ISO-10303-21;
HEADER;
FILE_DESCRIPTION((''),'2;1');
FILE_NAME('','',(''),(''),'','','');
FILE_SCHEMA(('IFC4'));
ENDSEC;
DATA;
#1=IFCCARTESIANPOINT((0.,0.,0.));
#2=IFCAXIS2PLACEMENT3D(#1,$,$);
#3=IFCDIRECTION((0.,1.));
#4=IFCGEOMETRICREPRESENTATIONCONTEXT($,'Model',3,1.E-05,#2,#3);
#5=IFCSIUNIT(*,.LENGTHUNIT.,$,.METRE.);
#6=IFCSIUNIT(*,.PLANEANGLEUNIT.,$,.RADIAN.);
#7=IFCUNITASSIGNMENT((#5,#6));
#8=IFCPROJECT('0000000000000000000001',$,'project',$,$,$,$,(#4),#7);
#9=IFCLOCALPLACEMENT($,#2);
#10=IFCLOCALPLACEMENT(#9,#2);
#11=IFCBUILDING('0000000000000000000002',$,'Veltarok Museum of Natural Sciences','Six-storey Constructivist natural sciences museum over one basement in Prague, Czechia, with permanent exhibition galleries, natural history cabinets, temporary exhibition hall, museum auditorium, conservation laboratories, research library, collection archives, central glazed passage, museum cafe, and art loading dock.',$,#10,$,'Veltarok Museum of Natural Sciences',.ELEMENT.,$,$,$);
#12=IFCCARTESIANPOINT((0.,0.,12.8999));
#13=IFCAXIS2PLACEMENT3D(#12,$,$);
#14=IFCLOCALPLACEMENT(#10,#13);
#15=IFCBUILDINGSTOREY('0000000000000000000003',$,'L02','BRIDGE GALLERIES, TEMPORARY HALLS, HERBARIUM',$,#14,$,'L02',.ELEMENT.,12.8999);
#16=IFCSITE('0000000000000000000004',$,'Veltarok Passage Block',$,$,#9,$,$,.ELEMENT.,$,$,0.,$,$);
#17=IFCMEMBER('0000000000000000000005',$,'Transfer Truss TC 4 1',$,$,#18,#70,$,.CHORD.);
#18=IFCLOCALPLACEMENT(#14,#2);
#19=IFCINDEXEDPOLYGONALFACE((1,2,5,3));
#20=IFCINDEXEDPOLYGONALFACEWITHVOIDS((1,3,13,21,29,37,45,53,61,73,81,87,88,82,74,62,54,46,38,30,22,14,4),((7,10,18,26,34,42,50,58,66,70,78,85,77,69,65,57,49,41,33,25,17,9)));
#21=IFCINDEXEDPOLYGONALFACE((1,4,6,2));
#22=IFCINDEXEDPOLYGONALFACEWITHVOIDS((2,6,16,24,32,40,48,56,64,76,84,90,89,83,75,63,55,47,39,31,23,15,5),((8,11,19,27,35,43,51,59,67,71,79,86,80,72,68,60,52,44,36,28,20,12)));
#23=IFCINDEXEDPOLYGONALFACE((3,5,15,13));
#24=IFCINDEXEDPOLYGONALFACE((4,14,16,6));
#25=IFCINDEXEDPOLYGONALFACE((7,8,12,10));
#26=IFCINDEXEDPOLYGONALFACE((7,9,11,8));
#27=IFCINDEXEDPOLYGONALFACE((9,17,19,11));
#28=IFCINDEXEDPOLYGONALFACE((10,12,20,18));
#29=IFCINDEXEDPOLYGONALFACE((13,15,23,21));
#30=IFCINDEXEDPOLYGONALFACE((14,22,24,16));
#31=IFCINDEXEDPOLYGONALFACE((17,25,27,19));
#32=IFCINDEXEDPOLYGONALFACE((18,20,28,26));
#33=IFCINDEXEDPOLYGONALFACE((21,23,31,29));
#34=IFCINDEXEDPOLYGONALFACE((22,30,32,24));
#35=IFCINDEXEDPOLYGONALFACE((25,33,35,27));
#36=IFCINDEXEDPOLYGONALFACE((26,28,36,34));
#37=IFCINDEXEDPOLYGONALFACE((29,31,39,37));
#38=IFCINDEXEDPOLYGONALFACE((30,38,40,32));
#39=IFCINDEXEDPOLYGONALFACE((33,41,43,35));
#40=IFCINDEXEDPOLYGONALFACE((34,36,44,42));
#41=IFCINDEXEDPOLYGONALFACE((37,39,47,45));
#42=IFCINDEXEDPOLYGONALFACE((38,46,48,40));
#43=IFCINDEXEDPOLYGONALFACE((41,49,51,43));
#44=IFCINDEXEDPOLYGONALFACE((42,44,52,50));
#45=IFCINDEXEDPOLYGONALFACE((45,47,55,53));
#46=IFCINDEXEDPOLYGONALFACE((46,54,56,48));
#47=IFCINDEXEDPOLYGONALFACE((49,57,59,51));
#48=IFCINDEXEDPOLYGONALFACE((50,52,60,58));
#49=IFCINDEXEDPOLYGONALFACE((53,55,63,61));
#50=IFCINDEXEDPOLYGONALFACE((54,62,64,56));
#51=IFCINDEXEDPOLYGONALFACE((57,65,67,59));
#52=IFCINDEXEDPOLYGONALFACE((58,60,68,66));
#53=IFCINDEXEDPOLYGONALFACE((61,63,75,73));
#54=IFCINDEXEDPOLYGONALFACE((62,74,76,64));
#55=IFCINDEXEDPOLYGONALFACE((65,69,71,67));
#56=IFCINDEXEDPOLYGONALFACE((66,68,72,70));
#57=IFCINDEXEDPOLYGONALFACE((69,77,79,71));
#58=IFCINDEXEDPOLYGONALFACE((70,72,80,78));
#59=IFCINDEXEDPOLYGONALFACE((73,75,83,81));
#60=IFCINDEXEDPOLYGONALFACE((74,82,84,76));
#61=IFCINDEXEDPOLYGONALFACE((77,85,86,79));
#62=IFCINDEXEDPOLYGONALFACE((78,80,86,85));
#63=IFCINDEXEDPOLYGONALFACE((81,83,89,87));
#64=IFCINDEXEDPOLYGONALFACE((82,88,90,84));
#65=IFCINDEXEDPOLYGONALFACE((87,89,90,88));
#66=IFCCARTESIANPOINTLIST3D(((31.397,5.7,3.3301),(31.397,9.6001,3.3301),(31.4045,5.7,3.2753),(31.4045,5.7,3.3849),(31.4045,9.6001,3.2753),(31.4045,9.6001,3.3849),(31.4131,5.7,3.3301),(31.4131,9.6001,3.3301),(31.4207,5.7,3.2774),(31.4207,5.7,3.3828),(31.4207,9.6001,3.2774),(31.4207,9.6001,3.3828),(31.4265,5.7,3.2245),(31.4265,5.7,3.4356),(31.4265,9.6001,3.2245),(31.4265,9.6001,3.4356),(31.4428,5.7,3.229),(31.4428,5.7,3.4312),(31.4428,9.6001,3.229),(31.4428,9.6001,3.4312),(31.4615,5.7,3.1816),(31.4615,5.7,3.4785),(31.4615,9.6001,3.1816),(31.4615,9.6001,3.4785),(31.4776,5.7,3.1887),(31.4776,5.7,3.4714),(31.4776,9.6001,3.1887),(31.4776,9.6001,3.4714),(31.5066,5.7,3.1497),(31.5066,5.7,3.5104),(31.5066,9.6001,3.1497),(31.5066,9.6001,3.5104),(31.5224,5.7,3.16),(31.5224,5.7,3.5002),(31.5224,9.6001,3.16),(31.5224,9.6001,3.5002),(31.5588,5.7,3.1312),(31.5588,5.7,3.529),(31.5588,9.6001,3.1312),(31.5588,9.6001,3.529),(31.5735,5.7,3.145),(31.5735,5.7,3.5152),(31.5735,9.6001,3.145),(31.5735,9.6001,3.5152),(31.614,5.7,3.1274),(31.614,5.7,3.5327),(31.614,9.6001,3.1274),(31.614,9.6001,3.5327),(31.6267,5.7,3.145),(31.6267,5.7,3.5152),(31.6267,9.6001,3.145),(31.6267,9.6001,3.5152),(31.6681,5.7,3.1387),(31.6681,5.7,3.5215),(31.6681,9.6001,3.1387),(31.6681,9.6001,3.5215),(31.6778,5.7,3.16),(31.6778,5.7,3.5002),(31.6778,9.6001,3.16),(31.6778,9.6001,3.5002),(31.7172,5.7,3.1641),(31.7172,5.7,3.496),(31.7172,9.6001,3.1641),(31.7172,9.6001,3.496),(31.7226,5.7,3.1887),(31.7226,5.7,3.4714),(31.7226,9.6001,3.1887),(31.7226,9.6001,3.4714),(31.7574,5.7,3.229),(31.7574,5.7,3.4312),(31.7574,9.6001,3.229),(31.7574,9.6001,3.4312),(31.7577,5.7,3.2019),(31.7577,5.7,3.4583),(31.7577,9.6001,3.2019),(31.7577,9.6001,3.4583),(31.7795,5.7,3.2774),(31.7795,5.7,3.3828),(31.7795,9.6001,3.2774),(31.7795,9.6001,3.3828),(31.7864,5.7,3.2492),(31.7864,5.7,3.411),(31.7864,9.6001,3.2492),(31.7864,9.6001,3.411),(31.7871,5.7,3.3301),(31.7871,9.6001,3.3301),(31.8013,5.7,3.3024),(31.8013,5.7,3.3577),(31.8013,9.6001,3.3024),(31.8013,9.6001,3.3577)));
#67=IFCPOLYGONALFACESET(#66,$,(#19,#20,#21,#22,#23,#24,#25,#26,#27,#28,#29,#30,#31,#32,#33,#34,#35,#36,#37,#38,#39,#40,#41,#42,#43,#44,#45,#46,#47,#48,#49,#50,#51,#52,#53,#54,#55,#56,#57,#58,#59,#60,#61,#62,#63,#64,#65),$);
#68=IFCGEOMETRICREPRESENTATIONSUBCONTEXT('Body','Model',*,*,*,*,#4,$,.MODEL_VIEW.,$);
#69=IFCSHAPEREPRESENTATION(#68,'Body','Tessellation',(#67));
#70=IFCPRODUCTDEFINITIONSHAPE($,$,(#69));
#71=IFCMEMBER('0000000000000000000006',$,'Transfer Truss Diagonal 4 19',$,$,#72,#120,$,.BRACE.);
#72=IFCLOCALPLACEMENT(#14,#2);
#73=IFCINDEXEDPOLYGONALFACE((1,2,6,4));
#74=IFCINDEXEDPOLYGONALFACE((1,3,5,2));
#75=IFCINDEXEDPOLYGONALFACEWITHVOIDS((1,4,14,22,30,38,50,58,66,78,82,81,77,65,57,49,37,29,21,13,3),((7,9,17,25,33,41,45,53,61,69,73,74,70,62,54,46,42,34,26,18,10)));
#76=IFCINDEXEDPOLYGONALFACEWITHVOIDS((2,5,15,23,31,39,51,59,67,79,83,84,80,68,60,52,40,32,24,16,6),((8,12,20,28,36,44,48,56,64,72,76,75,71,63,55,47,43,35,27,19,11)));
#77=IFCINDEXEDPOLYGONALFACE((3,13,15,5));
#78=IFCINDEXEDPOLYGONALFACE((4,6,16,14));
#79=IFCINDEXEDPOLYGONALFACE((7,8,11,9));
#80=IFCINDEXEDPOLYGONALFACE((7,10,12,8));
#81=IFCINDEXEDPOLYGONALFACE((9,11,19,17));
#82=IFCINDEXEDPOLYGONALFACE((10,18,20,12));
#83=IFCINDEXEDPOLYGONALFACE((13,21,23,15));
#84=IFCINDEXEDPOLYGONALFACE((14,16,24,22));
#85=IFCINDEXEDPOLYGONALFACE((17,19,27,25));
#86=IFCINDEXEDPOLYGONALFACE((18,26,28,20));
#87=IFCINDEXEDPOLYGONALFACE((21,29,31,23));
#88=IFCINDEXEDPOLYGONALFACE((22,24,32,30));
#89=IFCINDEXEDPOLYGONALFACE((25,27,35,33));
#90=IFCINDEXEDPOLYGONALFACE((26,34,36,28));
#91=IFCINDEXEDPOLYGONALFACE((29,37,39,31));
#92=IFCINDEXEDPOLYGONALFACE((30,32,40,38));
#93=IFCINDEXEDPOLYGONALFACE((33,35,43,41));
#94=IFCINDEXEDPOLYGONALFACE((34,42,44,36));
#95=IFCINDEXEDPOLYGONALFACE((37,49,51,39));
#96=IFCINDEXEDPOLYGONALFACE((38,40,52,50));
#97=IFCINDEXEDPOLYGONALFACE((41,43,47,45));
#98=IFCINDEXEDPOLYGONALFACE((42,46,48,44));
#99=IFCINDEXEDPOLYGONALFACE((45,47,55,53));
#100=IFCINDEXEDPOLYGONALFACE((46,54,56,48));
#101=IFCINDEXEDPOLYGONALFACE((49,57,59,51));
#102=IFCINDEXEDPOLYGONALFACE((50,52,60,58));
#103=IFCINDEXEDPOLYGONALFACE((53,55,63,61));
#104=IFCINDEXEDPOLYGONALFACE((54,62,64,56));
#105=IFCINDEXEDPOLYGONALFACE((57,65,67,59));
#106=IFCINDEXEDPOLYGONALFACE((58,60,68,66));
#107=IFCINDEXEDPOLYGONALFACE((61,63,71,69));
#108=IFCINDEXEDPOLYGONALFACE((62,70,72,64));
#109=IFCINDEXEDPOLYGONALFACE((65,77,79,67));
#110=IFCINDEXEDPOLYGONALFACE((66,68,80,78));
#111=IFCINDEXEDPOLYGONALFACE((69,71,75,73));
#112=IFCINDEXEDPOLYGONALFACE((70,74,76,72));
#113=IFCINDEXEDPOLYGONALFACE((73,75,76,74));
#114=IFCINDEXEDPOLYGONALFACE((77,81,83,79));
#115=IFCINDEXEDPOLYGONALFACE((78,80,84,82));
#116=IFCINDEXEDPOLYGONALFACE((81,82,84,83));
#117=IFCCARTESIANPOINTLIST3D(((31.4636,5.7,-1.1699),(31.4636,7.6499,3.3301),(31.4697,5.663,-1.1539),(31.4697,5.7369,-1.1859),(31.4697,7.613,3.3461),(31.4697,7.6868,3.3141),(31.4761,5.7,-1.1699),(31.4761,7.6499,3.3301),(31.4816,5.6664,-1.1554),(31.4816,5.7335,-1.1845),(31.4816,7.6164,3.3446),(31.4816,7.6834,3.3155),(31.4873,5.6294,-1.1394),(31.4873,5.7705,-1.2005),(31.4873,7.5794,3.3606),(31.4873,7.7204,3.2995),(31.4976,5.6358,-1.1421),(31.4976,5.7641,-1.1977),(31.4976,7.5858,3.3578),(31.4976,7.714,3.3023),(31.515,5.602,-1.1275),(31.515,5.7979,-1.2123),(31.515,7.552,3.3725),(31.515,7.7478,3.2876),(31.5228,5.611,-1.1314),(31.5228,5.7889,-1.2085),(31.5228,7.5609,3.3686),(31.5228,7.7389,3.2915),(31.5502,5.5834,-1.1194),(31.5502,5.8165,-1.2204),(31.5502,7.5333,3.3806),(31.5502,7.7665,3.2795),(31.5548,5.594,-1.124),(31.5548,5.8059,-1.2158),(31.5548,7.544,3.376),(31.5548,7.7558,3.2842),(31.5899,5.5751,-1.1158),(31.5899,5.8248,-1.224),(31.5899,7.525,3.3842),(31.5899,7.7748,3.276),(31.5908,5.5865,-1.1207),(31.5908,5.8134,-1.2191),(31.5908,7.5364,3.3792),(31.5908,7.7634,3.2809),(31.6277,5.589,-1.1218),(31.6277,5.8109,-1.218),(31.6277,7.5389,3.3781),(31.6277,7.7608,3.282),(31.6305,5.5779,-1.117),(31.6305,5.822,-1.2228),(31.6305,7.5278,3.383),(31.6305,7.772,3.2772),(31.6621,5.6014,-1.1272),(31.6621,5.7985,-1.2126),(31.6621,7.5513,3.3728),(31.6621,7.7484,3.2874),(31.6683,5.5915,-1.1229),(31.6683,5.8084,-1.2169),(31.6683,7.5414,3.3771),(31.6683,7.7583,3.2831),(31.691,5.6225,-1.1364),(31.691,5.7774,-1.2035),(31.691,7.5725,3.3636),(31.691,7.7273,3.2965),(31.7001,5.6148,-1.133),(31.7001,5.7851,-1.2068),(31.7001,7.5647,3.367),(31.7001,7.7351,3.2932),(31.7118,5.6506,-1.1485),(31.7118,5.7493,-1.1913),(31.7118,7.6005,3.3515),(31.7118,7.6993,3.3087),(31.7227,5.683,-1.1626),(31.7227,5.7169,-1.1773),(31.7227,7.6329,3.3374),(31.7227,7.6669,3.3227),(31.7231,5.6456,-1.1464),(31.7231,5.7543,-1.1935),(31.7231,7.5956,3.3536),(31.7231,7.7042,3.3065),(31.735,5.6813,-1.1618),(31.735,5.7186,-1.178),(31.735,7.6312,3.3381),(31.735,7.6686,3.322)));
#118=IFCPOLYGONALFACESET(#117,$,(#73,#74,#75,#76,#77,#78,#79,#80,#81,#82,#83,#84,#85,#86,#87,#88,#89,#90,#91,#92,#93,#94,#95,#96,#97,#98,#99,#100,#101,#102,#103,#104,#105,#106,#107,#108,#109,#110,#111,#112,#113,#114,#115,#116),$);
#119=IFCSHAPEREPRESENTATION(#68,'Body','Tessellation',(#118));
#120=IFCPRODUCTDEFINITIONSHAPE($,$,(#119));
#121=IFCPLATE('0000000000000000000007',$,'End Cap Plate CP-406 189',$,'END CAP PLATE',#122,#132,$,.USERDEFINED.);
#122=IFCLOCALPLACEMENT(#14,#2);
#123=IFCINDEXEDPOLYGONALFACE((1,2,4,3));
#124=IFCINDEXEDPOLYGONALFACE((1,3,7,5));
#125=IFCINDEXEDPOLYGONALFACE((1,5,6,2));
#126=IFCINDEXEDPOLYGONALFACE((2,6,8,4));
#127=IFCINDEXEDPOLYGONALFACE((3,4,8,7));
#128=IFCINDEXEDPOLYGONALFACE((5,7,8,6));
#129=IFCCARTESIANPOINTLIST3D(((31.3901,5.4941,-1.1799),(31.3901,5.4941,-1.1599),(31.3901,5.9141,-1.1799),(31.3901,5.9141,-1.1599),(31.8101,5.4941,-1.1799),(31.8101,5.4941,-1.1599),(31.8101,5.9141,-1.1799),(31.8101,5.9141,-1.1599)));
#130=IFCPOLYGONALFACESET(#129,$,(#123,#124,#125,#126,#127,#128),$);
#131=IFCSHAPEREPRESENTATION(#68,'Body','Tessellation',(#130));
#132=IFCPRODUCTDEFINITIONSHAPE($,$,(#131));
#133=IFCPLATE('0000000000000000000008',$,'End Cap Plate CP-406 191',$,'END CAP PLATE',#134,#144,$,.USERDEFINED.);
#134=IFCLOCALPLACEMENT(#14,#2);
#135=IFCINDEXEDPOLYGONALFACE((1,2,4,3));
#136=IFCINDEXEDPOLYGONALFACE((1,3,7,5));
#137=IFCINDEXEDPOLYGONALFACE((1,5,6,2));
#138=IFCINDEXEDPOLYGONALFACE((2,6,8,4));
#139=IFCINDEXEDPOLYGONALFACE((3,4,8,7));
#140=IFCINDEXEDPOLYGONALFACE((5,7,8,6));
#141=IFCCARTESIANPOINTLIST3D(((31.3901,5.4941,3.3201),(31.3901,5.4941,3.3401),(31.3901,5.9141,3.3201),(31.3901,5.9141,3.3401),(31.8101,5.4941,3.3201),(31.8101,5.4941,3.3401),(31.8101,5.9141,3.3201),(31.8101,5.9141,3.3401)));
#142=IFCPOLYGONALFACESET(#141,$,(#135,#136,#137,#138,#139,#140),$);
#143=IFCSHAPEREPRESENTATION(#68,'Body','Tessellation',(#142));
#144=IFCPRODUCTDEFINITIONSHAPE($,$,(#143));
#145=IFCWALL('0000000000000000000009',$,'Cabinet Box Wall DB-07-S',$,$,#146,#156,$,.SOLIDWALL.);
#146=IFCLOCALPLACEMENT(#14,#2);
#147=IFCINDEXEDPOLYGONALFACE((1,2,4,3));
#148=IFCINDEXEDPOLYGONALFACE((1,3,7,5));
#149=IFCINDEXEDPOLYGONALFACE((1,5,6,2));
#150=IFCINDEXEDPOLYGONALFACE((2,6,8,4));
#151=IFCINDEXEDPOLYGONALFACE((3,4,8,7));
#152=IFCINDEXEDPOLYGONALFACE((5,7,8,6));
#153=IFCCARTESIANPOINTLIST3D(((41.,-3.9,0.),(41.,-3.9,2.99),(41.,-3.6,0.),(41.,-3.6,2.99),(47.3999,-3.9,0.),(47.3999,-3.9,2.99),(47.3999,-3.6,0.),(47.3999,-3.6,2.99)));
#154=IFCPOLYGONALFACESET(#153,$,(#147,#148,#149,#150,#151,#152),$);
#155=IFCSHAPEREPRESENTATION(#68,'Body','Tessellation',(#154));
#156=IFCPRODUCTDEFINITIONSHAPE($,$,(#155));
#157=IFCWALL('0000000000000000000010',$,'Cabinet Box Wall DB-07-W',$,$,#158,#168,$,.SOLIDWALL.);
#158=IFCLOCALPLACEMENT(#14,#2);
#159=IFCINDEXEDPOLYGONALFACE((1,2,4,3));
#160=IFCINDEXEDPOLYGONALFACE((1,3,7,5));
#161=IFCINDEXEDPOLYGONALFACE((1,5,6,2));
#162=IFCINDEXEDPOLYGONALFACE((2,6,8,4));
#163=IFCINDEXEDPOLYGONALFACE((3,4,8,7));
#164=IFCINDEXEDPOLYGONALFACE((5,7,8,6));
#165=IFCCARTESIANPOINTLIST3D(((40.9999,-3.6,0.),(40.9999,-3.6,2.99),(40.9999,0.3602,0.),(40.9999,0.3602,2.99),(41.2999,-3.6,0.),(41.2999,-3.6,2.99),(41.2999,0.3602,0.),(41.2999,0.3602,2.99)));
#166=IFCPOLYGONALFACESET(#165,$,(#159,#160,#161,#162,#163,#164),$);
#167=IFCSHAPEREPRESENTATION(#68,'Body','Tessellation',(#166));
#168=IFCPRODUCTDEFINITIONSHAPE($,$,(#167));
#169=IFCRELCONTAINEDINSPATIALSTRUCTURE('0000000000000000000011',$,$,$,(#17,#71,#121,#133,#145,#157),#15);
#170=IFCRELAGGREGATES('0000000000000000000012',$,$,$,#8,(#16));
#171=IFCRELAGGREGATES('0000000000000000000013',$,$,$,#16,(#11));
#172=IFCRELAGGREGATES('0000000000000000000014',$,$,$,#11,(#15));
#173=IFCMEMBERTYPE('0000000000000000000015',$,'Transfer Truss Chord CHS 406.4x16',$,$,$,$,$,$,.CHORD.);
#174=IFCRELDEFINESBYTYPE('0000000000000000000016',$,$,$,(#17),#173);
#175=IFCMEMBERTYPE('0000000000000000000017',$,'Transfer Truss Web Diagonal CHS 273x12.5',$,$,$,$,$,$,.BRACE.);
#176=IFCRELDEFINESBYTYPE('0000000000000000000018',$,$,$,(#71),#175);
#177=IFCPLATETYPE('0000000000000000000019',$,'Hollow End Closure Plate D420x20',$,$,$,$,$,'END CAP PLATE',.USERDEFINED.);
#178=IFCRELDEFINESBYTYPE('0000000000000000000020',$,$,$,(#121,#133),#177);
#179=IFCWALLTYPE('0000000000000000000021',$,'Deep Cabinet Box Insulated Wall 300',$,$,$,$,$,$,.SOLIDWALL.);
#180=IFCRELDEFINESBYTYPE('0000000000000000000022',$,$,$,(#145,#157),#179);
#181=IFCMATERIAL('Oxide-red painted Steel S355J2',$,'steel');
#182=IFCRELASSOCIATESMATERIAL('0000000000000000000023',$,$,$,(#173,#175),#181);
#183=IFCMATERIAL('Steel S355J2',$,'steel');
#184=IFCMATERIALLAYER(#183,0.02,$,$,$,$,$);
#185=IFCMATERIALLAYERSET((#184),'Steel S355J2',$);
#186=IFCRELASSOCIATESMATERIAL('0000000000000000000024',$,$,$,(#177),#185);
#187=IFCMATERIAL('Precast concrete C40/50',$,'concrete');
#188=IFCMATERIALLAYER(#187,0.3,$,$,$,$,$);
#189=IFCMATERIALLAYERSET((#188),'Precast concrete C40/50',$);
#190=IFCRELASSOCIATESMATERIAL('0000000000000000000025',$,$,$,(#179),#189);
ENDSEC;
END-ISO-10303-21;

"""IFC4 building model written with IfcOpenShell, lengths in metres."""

from ifc_helpers import new_model, si_unit, direction, frame, frame_2d, origin, origin_2d, place, context, subcontext, project, spatial, rectangle, hollow_circle, extrude, material, layer, layer_set, material_profile, profile_set, type_object, element, save


model = new_model("IFC4")

# Units and contexts
model_context = context("Model", 3, precision=1e-05, world=origin(), true_north=direction((0.0, 1.0)))
body_context = subcontext(model_context, "Body", "Model", "MODEL_VIEW")
ifc_project = project(units=[si_unit("LENGTHUNIT", "METRE"), si_unit("PLANEANGLEUNIT", "RADIAN")], contexts=[model_context])

# Site, building, storey
site_placement = place(None, origin())
site = spatial("IfcSite", under=ifc_project, at=site_placement, Name="Veltarok Passage Block", CompositionType="ELEMENT", RefElevation=0.0)
building_placement = place(site_placement, origin())
building = spatial("IfcBuilding", under=site, at=building_placement, Name="Veltarok Museum of Natural Sciences", Description="Six-storey Constructivist natural sciences museum over one basement in Prague, Czechia, with permanent exhibition galleries, natural history cabinets, temporary exhibition hall, museum auditorium, conservation laboratories, research library, collection archives, central glazed passage, museum cafe, and art loading dock.", LongName="Veltarok Museum of Natural Sciences", CompositionType="ELEMENT")
storey_placement = place(building_placement, frame((0.0, 0.0, 12.8999)))
storey = spatial("IfcBuildingStorey", under=building, at=storey_placement, Name="L02", Description="BRIDGE GALLERIES, TEMPORARY HALLS, HERBARIUM", LongName="L02", CompositionType="ELEMENT", Elevation=12.8999)

# Shared definitions
ifc_material_1 = material(Name="Steel S355J2", Category="steel")

# Shared definitions
ifc_material_2 = material(Name="Oxide-red painted Steel S355J2", Category="steel")

# Members
ifc_material_profile_1 = material_profile(ifc_material_2, hollow_circle(Radius=0.2031, WallThickness=0.0161, at=origin_2d()), Name="CHS 406.4x16")
ifc_profile_set_1 = profile_set([ifc_material_profile_1], Name="Oxide-red painted Steel S355J2")
member_type_1 = type_object("IfcMemberType", Name="Transfer Truss Chord CHS 406.4x16", PredefinedType="CHORD", material=ifc_profile_set_1)
for number, where, z_axis, x_axis, name in (
    (1, (31.6001, 5.7, 3.3301), (0.0, 1.0, 0.0), (-1.0, 0.0, 0.0), "Transfer Truss TC 4 1"),
):
    element("IfcMember", number, at=place(storey_placement, frame(where, z_axis=z_axis, x_axis=x_axis)), inside=storey, type_object=member_type_1, Name=name, PredefinedType="CHORD", context=body_context, shape_type="SweptSolid", body=[
        extrude(hollow_circle(Radius=0.2031, WallThickness=0.0161, at=origin_2d()), origin(), (0.0, 0.0, 1.0), 3.9001),
    ])
ifc_material_profile_2 = material_profile(ifc_material_2, hollow_circle(Radius=0.1365, WallThickness=0.0125, at=origin_2d()), Name="CHS 273x12.5")
ifc_profile_set_2 = profile_set([ifc_material_profile_2], Name="Oxide-red painted Steel S355J2")
member_type_2 = type_object("IfcMemberType", Name="Transfer Truss Web Diagonal CHS 273x12.5", PredefinedType="BRACE", material=ifc_profile_set_2)
member_1_placement = place(storey_placement, frame((31.6001, 5.7, -1.1699), z_axis=(0.0, 0.397599, 0.917559), x_axis=(-1.0, 0.0, 0.0)))
element("IfcMember", 2, at=member_1_placement, inside=storey, type_object=member_type_2, Name="Transfer Truss Diagonal 4 19", PredefinedType="BRACE", context=body_context, shape_type="SweptSolid", body=[
    extrude(hollow_circle(Radius=0.1365, WallThickness=0.0125, at=origin_2d()), origin(), (0.0, 0.0, 1.0), 4.9043),
])

# Plates
ifc_layer_1 = layer(ifc_material_1, 0.02)
ifc_layer_set_1 = layer_set([ifc_layer_1], Name="Steel S355J2")
plate_type = type_object("IfcPlateType", Name="Hollow End Closure Plate D420x20", ElementType="END CAP PLATE", PredefinedType="USERDEFINED", material=ifc_layer_set_1)
for number, where, z_axis, x_axis, name in (
    (3, (31.6001, 5.7041, -1.1799), (0.0, 0.0, 1.0), (0.0, 1.0, 0.0), "End Cap Plate CP-406 189"),
    (4, (31.6001, 5.7041, 3.3201), (0.0, 0.0, 1.0), (0.0, 1.0, 0.0), "End Cap Plate CP-406 191"),
):
    element("IfcPlate", number, at=place(storey_placement, frame(where, z_axis=z_axis, x_axis=x_axis)), inside=storey, type_object=plate_type, Name=name, ObjectType="END CAP PLATE", PredefinedType="USERDEFINED", context=body_context, shape_type="SweptSolid", body=[
        extrude(rectangle(XDim=0.4199, YDim=0.4199, at=origin_2d()), origin(), (0.0, 0.0, 1.0), 0.02),
    ])

# Walls
ifc_material_3 = material(Name="Precast concrete C40/50", Category="concrete")
ifc_layer_2 = layer(ifc_material_3, 0.3)
ifc_layer_set_2 = layer_set([ifc_layer_2], Name="Precast concrete C40/50")
wall_type_1 = type_object("IfcWallType", Name="Deep Cabinet Box Insulated Wall 300", PredefinedType="SOLIDWALL", material=ifc_layer_set_2)
wall_1_placement = place(storey_placement, frame((41.0, -3.75, 0.0), z_axis=(0.0, 0.0, 1.0), x_axis=(1.0, 0.0, 0.0)))
element("IfcWall", 5, at=wall_1_placement, inside=storey, type_object=wall_type_1, Name="Cabinet Box Wall DB-07-S", PredefinedType="SOLIDWALL", context=body_context, shape_type="SweptSolid", body=[
    extrude(rectangle(XDim=6.3999, YDim=0.3, at=frame_2d((3.2, 0.0))), origin(), (0.0, 0.0, 1.0), 2.99),
])
wall_2_placement = place(storey_placement, frame((41.1499, 0.3601, 0.0), z_axis=(0.0, 0.0, 1.0), x_axis=(0.0, -1.0, 0.0)))
element("IfcWall", 6, at=wall_2_placement, inside=storey, type_object=wall_type_1, Name="Cabinet Box Wall DB-07-W", PredefinedType="SOLIDWALL", context=body_context, shape_type="SweptSolid", body=[
    extrude(rectangle(XDim=3.9602, YDim=0.3, at=frame_2d((1.98, 0.0))), origin(), (0.0, 0.0, 1.0), 2.99),
])

save(model, "model.ifc")
